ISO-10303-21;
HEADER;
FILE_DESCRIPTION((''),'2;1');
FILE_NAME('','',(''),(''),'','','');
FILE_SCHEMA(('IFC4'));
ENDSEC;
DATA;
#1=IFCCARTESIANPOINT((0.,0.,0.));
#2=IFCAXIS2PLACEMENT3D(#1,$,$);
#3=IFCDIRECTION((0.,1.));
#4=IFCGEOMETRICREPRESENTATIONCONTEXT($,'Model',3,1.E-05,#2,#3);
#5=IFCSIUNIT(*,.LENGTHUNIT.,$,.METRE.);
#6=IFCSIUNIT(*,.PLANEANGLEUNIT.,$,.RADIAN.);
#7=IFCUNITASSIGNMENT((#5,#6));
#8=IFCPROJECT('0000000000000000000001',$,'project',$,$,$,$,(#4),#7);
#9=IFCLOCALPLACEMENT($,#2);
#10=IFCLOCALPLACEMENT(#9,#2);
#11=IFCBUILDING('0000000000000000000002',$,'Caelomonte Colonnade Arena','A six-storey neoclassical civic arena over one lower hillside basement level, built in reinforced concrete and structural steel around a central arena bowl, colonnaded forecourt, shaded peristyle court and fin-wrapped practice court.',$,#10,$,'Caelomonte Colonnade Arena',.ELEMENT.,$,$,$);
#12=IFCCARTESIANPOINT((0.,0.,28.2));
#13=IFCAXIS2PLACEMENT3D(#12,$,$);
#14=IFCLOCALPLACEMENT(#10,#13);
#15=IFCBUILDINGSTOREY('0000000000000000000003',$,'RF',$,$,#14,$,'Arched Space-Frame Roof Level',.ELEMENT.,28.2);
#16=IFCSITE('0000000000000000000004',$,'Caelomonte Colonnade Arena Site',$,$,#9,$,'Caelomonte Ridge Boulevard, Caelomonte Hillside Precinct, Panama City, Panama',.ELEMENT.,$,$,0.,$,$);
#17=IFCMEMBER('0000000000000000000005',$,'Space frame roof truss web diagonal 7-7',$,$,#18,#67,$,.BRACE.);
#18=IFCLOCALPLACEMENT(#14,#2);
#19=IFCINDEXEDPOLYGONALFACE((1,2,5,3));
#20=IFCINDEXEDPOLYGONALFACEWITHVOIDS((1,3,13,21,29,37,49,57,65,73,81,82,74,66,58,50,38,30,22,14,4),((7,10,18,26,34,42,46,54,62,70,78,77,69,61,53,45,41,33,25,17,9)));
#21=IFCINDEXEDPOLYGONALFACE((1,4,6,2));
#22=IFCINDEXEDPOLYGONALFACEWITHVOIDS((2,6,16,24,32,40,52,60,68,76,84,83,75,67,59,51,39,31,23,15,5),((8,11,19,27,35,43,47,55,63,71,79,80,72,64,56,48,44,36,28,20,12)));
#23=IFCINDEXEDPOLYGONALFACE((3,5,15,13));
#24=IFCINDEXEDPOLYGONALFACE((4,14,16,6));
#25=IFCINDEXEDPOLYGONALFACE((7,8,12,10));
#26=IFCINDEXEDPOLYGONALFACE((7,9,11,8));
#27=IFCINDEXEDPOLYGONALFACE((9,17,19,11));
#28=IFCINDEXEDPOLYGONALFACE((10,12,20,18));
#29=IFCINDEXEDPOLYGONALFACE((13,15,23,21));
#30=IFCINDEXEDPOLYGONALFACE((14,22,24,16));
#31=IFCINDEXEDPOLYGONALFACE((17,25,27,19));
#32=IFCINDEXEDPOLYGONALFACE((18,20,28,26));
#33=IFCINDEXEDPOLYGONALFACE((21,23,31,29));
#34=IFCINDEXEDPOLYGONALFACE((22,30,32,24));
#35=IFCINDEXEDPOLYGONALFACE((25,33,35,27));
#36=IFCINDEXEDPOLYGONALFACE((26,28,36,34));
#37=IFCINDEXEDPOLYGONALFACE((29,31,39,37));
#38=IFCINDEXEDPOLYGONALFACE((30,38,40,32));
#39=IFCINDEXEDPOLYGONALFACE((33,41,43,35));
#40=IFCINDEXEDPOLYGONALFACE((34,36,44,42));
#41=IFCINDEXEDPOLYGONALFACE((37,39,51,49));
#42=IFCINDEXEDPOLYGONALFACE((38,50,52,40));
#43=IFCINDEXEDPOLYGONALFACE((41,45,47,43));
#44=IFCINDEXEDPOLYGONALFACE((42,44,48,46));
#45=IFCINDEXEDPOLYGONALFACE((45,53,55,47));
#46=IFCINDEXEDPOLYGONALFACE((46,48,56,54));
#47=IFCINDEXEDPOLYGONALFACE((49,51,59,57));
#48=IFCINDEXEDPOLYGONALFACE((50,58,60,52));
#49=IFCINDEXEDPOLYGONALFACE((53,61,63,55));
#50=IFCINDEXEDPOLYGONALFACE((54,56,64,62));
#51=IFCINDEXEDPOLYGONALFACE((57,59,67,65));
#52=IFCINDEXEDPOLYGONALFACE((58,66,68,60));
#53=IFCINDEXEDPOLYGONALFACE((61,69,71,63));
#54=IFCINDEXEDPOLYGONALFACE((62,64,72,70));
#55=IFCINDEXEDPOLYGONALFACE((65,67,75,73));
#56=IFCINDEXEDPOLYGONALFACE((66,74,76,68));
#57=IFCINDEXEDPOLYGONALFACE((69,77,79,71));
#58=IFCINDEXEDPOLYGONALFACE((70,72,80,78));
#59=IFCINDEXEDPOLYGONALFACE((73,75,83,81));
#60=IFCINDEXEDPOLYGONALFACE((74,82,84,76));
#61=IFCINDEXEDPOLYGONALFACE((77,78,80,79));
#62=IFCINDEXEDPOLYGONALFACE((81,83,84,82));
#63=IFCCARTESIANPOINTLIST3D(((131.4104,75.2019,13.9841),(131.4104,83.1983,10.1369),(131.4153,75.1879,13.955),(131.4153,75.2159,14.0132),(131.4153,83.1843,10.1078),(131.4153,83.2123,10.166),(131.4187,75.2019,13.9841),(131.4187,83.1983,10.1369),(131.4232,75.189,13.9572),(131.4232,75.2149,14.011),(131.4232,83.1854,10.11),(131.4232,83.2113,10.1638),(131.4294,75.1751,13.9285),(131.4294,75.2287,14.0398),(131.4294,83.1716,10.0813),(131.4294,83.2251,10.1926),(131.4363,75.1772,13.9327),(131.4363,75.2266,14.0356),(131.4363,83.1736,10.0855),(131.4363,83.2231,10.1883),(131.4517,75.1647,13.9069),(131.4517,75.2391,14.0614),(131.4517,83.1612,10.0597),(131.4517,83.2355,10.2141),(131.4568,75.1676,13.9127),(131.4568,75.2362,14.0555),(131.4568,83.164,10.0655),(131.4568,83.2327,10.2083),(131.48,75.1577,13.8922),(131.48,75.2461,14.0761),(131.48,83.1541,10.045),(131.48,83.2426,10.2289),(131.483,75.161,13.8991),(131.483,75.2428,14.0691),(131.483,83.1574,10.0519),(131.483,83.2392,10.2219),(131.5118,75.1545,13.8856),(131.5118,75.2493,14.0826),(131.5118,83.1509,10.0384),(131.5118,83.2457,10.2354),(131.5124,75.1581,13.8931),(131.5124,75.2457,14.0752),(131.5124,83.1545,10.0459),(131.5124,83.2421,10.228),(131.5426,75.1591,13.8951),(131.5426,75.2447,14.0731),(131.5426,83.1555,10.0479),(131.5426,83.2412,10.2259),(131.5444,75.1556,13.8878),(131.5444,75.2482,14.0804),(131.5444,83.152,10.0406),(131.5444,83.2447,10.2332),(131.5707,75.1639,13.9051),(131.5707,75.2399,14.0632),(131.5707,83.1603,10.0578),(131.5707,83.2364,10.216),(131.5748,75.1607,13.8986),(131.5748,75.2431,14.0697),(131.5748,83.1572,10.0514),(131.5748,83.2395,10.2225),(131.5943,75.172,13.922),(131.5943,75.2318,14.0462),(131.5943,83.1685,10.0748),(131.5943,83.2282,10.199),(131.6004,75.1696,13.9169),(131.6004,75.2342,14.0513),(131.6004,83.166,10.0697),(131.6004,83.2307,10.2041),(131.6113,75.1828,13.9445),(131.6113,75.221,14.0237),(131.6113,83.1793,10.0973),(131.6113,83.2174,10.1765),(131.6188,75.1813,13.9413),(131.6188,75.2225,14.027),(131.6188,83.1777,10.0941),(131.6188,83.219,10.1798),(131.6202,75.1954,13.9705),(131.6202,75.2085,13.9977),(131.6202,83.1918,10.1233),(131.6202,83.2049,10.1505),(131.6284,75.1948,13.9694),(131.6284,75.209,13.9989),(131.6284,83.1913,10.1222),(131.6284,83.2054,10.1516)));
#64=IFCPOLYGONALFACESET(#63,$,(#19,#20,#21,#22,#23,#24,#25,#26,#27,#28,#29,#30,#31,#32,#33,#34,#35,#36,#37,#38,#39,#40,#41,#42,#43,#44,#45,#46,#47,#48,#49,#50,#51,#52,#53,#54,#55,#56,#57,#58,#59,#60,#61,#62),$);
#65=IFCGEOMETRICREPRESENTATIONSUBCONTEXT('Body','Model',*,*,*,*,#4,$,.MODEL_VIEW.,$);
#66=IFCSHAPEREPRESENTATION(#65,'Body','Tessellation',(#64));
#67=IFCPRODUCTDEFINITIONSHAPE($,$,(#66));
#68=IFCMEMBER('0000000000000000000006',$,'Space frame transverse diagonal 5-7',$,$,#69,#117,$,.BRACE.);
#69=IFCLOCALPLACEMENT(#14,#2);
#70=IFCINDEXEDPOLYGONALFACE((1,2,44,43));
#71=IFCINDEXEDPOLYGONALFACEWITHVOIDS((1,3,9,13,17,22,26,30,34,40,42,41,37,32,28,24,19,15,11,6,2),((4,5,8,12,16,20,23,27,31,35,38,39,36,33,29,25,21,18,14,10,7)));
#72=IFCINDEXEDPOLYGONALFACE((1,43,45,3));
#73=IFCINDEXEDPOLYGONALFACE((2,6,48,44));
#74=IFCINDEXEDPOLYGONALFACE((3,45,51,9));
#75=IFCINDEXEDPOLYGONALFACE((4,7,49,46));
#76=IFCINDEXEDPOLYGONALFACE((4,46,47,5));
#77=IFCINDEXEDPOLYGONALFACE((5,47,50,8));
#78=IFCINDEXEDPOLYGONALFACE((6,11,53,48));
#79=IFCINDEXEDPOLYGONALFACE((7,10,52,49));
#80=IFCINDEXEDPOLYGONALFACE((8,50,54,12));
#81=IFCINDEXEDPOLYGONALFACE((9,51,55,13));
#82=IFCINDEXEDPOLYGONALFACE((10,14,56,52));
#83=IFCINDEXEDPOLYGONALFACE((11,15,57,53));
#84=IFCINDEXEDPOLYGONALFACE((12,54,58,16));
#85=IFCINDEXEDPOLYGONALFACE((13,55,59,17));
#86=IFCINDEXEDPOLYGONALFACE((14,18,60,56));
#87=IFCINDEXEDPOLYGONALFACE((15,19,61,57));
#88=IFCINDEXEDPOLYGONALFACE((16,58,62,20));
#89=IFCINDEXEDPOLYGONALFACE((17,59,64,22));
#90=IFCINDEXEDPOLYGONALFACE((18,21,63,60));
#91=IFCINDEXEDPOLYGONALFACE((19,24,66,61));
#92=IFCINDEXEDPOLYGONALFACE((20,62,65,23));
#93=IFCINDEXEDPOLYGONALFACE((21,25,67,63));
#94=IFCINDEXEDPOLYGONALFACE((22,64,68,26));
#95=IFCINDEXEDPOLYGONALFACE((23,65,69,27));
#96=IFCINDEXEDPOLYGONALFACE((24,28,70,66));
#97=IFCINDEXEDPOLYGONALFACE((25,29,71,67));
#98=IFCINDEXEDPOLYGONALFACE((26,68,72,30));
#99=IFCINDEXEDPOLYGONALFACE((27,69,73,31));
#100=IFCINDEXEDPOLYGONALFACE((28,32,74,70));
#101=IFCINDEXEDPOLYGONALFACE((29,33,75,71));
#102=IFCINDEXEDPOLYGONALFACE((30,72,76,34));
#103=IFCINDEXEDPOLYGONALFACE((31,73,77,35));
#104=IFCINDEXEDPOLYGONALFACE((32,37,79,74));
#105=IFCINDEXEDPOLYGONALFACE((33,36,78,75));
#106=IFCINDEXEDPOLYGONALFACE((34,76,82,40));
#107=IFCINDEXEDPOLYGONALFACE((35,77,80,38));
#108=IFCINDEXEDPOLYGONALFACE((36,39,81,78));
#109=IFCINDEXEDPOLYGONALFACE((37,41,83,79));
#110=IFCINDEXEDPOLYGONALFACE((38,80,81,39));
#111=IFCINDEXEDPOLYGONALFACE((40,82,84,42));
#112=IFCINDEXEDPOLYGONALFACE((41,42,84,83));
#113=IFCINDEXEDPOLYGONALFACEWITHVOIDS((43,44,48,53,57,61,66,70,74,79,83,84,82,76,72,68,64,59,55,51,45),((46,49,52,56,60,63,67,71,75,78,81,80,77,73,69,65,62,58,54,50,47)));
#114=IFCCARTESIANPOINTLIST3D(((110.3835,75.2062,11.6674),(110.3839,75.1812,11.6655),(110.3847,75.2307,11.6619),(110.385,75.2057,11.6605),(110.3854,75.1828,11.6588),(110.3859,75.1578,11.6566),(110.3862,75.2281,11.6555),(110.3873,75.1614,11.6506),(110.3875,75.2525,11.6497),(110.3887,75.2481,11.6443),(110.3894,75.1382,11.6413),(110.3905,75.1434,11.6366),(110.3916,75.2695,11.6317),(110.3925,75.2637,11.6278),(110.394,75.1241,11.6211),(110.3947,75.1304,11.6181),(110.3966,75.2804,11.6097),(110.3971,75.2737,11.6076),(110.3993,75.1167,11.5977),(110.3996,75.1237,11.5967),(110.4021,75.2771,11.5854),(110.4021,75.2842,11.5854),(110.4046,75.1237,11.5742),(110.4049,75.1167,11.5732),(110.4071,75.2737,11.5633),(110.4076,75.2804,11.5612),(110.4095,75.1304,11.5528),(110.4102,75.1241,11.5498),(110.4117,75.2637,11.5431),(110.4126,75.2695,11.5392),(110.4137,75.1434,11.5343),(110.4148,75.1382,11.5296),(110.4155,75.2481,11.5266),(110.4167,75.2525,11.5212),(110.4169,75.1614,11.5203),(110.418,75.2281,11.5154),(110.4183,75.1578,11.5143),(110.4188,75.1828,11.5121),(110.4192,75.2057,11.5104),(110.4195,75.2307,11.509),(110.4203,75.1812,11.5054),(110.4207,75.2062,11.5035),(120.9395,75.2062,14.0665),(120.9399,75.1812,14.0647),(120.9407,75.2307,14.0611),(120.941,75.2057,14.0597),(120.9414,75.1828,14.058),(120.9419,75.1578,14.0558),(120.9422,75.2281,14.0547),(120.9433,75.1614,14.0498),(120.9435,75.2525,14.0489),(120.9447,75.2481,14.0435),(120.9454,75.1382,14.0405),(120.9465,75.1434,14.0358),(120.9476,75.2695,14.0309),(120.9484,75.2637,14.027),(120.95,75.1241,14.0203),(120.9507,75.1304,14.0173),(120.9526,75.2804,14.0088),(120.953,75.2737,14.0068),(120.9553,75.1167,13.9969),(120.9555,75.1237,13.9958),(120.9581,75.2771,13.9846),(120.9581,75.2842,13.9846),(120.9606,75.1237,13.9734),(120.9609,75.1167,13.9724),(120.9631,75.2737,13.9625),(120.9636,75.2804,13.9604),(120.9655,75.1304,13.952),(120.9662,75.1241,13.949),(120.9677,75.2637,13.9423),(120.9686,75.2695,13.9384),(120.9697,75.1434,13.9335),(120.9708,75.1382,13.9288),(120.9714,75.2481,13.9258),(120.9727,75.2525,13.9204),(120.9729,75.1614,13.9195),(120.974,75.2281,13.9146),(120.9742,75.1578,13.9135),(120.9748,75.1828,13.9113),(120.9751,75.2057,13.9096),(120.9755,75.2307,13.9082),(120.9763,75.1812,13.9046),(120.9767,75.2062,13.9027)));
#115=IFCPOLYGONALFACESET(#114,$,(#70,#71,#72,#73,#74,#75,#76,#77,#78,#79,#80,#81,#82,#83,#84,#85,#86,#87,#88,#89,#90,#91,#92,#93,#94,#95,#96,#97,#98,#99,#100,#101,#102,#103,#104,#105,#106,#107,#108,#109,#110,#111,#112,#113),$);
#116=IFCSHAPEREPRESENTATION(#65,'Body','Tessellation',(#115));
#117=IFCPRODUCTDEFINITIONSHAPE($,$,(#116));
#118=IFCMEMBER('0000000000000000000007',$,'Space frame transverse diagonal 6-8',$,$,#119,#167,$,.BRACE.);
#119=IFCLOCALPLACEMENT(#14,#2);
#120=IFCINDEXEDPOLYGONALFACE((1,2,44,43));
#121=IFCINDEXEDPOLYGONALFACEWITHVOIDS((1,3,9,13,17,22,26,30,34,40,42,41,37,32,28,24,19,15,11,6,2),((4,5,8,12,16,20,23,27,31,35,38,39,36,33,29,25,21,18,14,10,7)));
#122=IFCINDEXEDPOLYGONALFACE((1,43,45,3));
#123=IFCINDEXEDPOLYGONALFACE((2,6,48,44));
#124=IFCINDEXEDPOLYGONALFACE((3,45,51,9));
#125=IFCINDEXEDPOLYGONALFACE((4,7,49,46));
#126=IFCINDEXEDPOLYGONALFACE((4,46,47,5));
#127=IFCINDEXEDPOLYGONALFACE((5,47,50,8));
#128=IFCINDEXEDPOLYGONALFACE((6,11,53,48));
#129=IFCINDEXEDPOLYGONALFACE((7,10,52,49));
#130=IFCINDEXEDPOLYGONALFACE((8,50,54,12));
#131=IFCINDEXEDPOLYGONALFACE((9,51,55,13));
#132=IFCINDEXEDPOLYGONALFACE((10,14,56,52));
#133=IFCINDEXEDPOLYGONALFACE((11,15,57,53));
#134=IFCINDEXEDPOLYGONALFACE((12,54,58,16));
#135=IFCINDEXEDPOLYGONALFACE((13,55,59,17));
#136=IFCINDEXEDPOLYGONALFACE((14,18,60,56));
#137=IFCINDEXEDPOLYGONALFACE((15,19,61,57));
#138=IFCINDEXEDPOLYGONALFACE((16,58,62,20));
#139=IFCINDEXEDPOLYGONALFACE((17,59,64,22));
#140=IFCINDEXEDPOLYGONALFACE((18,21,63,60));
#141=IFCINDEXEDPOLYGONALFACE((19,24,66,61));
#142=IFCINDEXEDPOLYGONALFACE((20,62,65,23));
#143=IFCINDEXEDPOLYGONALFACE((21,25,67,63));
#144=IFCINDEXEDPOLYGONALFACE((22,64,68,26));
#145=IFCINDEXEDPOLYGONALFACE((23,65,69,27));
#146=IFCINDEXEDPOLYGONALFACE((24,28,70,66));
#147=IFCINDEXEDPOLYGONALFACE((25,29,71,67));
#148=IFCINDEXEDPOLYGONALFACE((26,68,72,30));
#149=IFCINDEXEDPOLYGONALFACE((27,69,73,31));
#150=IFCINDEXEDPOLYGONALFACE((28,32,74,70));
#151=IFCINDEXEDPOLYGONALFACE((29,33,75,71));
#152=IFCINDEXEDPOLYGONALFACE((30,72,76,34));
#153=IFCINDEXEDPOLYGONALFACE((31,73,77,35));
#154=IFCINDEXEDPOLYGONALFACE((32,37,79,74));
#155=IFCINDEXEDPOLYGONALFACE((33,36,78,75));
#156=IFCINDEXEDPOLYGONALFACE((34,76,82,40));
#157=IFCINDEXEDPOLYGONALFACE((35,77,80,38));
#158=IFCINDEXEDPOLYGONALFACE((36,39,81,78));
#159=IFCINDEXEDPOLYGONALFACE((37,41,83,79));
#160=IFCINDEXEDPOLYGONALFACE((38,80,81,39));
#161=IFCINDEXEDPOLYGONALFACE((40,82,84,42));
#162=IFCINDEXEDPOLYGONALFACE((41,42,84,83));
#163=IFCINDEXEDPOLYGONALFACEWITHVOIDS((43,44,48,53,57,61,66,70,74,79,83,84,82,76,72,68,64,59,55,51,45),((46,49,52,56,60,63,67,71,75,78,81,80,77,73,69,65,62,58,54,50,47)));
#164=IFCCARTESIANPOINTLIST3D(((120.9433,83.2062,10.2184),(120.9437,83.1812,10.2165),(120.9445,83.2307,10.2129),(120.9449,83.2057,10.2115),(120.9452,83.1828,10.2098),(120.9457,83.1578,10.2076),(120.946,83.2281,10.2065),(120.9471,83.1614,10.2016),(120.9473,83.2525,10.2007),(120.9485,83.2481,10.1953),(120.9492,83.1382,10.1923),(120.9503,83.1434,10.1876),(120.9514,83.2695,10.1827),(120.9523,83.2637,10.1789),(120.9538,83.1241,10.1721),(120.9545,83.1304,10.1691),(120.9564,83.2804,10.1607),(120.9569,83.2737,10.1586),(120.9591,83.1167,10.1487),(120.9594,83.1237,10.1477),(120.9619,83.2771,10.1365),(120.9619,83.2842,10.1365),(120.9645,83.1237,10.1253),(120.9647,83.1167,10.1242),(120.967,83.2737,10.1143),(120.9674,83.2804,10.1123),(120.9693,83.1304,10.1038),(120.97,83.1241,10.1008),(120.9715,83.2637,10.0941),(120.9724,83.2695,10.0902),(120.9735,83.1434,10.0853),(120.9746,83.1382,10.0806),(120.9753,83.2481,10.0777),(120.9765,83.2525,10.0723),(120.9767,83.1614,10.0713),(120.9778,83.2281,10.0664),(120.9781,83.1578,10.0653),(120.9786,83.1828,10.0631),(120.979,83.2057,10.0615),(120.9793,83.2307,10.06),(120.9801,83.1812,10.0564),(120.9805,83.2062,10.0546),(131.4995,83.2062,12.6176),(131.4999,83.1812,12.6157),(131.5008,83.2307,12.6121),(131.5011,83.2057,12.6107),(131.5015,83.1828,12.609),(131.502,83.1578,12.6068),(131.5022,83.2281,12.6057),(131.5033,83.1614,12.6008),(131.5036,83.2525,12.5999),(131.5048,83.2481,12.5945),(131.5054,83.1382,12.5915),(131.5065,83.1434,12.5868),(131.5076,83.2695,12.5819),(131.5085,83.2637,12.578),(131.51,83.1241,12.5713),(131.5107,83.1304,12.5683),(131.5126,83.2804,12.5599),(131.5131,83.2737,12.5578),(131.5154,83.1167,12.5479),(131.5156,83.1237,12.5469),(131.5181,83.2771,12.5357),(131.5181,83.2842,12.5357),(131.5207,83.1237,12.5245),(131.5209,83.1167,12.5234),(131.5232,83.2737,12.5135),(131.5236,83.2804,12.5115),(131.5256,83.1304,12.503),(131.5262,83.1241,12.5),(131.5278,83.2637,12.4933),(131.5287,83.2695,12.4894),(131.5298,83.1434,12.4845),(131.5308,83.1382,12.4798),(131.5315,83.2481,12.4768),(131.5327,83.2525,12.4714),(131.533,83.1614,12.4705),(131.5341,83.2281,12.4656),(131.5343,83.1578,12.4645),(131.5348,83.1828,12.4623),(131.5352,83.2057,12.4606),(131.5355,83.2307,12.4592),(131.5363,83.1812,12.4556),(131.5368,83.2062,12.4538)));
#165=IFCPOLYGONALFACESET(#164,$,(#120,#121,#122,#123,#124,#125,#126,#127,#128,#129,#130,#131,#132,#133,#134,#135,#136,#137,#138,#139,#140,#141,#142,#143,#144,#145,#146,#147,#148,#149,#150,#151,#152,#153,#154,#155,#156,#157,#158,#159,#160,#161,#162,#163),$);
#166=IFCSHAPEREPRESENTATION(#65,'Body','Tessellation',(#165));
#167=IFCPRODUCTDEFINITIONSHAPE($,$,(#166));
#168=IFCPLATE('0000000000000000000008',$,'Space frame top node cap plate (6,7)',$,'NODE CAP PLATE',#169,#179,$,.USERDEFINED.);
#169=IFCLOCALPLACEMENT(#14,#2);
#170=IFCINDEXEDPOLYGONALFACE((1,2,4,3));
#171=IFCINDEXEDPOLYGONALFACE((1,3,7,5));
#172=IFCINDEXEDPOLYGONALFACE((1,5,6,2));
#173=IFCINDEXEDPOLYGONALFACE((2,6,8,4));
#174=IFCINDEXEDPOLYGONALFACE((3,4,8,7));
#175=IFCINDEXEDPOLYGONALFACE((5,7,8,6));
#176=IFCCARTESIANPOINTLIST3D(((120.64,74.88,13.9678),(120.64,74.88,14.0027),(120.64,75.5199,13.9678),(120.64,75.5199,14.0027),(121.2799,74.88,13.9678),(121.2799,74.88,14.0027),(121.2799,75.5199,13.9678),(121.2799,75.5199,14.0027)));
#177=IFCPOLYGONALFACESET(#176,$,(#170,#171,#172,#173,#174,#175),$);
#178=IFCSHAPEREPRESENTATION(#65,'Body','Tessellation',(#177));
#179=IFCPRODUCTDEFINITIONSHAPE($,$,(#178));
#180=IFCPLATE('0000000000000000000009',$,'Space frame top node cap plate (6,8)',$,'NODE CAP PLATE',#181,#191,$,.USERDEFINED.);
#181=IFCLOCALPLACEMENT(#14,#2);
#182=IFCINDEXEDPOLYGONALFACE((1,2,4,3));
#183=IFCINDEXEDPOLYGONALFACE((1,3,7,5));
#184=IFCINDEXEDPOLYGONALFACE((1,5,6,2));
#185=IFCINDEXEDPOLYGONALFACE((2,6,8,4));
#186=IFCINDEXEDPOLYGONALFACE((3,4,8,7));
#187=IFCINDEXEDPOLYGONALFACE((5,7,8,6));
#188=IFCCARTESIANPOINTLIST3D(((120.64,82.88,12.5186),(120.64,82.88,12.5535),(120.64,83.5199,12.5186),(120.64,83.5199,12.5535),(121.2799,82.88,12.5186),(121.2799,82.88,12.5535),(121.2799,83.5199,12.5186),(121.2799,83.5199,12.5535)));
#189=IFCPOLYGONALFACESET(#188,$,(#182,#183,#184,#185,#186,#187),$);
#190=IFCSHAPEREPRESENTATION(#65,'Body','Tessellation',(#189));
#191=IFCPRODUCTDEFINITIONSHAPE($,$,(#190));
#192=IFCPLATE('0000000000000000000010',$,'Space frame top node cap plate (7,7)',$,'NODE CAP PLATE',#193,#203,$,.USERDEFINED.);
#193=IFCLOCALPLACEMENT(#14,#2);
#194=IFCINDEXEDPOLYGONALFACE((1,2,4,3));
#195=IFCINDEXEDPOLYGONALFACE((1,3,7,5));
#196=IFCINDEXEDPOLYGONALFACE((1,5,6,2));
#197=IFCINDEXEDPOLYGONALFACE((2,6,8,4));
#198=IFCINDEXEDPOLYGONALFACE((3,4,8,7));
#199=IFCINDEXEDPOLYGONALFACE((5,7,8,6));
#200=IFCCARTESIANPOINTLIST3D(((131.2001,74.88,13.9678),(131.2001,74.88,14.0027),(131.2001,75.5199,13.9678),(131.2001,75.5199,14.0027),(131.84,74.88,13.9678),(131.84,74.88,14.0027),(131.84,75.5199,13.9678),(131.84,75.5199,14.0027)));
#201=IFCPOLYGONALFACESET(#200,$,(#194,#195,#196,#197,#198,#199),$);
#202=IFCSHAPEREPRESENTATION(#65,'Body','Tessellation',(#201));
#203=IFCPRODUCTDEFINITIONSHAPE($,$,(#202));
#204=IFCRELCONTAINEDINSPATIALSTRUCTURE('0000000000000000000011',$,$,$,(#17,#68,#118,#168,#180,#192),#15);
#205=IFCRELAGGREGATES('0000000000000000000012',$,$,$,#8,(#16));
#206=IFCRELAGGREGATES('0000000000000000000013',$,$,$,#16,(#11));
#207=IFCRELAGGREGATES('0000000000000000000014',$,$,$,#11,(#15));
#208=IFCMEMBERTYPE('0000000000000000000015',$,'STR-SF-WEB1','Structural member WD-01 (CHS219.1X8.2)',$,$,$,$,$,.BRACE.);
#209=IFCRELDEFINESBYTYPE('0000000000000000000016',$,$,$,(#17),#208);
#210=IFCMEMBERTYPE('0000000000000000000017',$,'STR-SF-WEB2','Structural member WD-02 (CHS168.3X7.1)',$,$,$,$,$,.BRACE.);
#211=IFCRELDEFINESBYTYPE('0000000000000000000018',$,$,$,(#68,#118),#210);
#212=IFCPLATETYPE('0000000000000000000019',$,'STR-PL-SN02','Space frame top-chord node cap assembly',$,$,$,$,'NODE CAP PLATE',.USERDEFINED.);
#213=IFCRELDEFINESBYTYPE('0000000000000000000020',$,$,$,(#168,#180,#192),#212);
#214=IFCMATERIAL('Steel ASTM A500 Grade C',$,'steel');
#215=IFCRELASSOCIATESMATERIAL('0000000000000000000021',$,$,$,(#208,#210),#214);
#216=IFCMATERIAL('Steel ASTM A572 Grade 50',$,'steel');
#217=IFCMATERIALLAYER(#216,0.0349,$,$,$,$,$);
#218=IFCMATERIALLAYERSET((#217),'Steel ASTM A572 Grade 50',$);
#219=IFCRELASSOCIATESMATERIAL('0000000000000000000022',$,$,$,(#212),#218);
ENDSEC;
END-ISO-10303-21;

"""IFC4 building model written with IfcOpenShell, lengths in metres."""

from ifc_helpers import new_model, si_unit, direction, frame, origin, origin_2d, place, context, subcontext, project, spatial, rectangle, hollow_circle, extrude, material, layer, layer_set, material_profile, profile_set, type_object, element, save


model = new_model("IFC4")

# Units and contexts
model_context = context("Model", 3, precision=1e-05, world=origin(), true_north=direction((0.0, 1.0)))
body_context = subcontext(model_context, "Body", "Model", "MODEL_VIEW")
ifc_project = project(units=[si_unit("LENGTHUNIT", "METRE"), si_unit("PLANEANGLEUNIT", "RADIAN")], contexts=[model_context])

# Site, building, storey
site_placement = place(None, origin())
site = spatial("IfcSite", under=ifc_project, at=site_placement, Name="Caelomonte Colonnade Arena Site", LongName="Caelomonte Ridge Boulevard, Caelomonte Hillside Precinct, Panama City, Panama", CompositionType="ELEMENT", RefElevation=0.0)
building_placement = place(site_placement, origin())
building = spatial("IfcBuilding", under=site, at=building_placement, Name="Caelomonte Colonnade Arena", Description="A six-storey neoclassical civic arena over one lower hillside basement level, built in reinforced concrete and structural steel around a central arena bowl, colonnaded forecourt, shaded peristyle court and fin-wrapped practice court.", LongName="Caelomonte Colonnade Arena", CompositionType="ELEMENT")
storey_placement = place(building_placement, frame((0.0, 0.0, 28.2)))
storey = spatial("IfcBuildingStorey", under=building, at=storey_placement, Name="RF", LongName="Arched Space-Frame Roof Level", CompositionType="ELEMENT", Elevation=28.2)

# Members
ifc_material_1 = material(Name="Steel ASTM A500 Grade C", Category="steel")
ifc_material_profile_1 = material_profile(ifc_material_1, hollow_circle(Radius=0.1096, WallThickness=0.0083, at=origin_2d()), Name="CHS219.1X8.2")
ifc_profile_set_1 = profile_set([ifc_material_profile_1], Name="Steel ASTM A500 Grade C")
member_type_1 = type_object("IfcMemberType", Name="STR-SF-WEB1", Description="Structural member WD-01 (CHS219.1X8.2)", PredefinedType="BRACE", material=ifc_profile_set_1)
member_1_placement = place(storey_placement, frame((131.52, 75.2019, 13.9841), z_axis=(0.0, 0.90113, -0.433548), x_axis=(-1.0, 0.0, 0.0)))
element("IfcMember", 1, at=member_1_placement, inside=storey, type_object=member_type_1, Name="Space frame roof truss web diagonal 7-7", PredefinedType="BRACE", context=body_context, shape_type="SweptSolid", body=[
    extrude(hollow_circle(Radius=0.1096, WallThickness=0.0083, at=origin_2d()), origin(), (0.0, 0.0, 1.0), 8.8738),
])
ifc_material_profile_2 = material_profile(ifc_material_1, hollow_circle(Radius=0.0842, WallThickness=0.0071, at=origin_2d()), Name="CHS168.3X7.1")
ifc_profile_set_2 = profile_set([ifc_material_profile_2], Name="Steel ASTM A500 Grade C")
member_type_2 = type_object("IfcMemberType", Name="STR-SF-WEB2", Description="Structural member WD-02 (CHS168.3X7.1)", PredefinedType="BRACE", material=ifc_profile_set_2)
member_2_placement = place(storey_placement, frame((110.4021, 75.2, 11.5854), z_axis=(0.975131, 0.0, 0.22163), x_axis=(0.0, 1.0, 0.0)))
element("IfcMember", 2, at=member_2_placement, inside=storey, type_object=member_type_2, Name="Space frame transverse diagonal 5-7", PredefinedType="BRACE", context=body_context, shape_type="SweptSolid", body=[
    extrude(hollow_circle(Radius=0.0842, WallThickness=0.0071, at=origin_2d()), origin(), (0.0, 0.0, 1.0), 10.8252),
])
member_3_placement = place(storey_placement, frame((120.9619, 83.2, 10.1365), z_axis=(0.975132, 0.0, 0.221625), x_axis=(0.0, 1.0, 0.0)))
element("IfcMember", 3, at=member_3_placement, inside=storey, type_object=member_type_2, Name="Space frame transverse diagonal 6-8", PredefinedType="BRACE", context=body_context, shape_type="SweptSolid", body=[
    extrude(hollow_circle(Radius=0.0842, WallThickness=0.0071, at=origin_2d()), origin(), (0.0, 0.0, 1.0), 10.8254),
])

# Plates
ifc_material_2 = material(Name="Steel ASTM A572 Grade 50", Category="steel")
ifc_layer_1 = layer(ifc_material_2, 0.0349)
ifc_layer_set_1 = layer_set([ifc_layer_1], Name="Steel ASTM A572 Grade 50")
plate_type_1 = type_object("IfcPlateType", Name="STR-PL-SN02", Description="Space frame top-chord node cap assembly", ElementType="NODE CAP PLATE", PredefinedType="USERDEFINED", material=ifc_layer_set_1)
for number, where, z_axis, x_axis, name in (
    (4, (120.96, 75.2, 13.9678), (0.0, 0.0, 1.0), (1.0, 0.0, 0.0), "Space frame top node cap plate (6,7)"),
    (5, (120.96, 83.2, 12.5186), (0.0, 0.0, 1.0), (1.0, 0.0, 0.0), "Space frame top node cap plate (6,8)"),
    (6, (131.52, 75.2, 13.9678), (0.0, 0.0, 1.0), (1.0, 0.0, 0.0), "Space frame top node cap plate (7,7)"),
):
    element("IfcPlate", number, at=place(storey_placement, frame(where, z_axis=z_axis, x_axis=x_axis)), inside=storey, type_object=plate_type_1, Name=name, ObjectType="NODE CAP PLATE", PredefinedType="USERDEFINED", context=body_context, shape_type="SweptSolid", body=[
        extrude(rectangle(XDim=0.6399, YDim=0.6399, at=origin_2d()), origin(), (0.0, 0.0, 1.0), 0.0349),
    ])

save(model, "model.ifc")
